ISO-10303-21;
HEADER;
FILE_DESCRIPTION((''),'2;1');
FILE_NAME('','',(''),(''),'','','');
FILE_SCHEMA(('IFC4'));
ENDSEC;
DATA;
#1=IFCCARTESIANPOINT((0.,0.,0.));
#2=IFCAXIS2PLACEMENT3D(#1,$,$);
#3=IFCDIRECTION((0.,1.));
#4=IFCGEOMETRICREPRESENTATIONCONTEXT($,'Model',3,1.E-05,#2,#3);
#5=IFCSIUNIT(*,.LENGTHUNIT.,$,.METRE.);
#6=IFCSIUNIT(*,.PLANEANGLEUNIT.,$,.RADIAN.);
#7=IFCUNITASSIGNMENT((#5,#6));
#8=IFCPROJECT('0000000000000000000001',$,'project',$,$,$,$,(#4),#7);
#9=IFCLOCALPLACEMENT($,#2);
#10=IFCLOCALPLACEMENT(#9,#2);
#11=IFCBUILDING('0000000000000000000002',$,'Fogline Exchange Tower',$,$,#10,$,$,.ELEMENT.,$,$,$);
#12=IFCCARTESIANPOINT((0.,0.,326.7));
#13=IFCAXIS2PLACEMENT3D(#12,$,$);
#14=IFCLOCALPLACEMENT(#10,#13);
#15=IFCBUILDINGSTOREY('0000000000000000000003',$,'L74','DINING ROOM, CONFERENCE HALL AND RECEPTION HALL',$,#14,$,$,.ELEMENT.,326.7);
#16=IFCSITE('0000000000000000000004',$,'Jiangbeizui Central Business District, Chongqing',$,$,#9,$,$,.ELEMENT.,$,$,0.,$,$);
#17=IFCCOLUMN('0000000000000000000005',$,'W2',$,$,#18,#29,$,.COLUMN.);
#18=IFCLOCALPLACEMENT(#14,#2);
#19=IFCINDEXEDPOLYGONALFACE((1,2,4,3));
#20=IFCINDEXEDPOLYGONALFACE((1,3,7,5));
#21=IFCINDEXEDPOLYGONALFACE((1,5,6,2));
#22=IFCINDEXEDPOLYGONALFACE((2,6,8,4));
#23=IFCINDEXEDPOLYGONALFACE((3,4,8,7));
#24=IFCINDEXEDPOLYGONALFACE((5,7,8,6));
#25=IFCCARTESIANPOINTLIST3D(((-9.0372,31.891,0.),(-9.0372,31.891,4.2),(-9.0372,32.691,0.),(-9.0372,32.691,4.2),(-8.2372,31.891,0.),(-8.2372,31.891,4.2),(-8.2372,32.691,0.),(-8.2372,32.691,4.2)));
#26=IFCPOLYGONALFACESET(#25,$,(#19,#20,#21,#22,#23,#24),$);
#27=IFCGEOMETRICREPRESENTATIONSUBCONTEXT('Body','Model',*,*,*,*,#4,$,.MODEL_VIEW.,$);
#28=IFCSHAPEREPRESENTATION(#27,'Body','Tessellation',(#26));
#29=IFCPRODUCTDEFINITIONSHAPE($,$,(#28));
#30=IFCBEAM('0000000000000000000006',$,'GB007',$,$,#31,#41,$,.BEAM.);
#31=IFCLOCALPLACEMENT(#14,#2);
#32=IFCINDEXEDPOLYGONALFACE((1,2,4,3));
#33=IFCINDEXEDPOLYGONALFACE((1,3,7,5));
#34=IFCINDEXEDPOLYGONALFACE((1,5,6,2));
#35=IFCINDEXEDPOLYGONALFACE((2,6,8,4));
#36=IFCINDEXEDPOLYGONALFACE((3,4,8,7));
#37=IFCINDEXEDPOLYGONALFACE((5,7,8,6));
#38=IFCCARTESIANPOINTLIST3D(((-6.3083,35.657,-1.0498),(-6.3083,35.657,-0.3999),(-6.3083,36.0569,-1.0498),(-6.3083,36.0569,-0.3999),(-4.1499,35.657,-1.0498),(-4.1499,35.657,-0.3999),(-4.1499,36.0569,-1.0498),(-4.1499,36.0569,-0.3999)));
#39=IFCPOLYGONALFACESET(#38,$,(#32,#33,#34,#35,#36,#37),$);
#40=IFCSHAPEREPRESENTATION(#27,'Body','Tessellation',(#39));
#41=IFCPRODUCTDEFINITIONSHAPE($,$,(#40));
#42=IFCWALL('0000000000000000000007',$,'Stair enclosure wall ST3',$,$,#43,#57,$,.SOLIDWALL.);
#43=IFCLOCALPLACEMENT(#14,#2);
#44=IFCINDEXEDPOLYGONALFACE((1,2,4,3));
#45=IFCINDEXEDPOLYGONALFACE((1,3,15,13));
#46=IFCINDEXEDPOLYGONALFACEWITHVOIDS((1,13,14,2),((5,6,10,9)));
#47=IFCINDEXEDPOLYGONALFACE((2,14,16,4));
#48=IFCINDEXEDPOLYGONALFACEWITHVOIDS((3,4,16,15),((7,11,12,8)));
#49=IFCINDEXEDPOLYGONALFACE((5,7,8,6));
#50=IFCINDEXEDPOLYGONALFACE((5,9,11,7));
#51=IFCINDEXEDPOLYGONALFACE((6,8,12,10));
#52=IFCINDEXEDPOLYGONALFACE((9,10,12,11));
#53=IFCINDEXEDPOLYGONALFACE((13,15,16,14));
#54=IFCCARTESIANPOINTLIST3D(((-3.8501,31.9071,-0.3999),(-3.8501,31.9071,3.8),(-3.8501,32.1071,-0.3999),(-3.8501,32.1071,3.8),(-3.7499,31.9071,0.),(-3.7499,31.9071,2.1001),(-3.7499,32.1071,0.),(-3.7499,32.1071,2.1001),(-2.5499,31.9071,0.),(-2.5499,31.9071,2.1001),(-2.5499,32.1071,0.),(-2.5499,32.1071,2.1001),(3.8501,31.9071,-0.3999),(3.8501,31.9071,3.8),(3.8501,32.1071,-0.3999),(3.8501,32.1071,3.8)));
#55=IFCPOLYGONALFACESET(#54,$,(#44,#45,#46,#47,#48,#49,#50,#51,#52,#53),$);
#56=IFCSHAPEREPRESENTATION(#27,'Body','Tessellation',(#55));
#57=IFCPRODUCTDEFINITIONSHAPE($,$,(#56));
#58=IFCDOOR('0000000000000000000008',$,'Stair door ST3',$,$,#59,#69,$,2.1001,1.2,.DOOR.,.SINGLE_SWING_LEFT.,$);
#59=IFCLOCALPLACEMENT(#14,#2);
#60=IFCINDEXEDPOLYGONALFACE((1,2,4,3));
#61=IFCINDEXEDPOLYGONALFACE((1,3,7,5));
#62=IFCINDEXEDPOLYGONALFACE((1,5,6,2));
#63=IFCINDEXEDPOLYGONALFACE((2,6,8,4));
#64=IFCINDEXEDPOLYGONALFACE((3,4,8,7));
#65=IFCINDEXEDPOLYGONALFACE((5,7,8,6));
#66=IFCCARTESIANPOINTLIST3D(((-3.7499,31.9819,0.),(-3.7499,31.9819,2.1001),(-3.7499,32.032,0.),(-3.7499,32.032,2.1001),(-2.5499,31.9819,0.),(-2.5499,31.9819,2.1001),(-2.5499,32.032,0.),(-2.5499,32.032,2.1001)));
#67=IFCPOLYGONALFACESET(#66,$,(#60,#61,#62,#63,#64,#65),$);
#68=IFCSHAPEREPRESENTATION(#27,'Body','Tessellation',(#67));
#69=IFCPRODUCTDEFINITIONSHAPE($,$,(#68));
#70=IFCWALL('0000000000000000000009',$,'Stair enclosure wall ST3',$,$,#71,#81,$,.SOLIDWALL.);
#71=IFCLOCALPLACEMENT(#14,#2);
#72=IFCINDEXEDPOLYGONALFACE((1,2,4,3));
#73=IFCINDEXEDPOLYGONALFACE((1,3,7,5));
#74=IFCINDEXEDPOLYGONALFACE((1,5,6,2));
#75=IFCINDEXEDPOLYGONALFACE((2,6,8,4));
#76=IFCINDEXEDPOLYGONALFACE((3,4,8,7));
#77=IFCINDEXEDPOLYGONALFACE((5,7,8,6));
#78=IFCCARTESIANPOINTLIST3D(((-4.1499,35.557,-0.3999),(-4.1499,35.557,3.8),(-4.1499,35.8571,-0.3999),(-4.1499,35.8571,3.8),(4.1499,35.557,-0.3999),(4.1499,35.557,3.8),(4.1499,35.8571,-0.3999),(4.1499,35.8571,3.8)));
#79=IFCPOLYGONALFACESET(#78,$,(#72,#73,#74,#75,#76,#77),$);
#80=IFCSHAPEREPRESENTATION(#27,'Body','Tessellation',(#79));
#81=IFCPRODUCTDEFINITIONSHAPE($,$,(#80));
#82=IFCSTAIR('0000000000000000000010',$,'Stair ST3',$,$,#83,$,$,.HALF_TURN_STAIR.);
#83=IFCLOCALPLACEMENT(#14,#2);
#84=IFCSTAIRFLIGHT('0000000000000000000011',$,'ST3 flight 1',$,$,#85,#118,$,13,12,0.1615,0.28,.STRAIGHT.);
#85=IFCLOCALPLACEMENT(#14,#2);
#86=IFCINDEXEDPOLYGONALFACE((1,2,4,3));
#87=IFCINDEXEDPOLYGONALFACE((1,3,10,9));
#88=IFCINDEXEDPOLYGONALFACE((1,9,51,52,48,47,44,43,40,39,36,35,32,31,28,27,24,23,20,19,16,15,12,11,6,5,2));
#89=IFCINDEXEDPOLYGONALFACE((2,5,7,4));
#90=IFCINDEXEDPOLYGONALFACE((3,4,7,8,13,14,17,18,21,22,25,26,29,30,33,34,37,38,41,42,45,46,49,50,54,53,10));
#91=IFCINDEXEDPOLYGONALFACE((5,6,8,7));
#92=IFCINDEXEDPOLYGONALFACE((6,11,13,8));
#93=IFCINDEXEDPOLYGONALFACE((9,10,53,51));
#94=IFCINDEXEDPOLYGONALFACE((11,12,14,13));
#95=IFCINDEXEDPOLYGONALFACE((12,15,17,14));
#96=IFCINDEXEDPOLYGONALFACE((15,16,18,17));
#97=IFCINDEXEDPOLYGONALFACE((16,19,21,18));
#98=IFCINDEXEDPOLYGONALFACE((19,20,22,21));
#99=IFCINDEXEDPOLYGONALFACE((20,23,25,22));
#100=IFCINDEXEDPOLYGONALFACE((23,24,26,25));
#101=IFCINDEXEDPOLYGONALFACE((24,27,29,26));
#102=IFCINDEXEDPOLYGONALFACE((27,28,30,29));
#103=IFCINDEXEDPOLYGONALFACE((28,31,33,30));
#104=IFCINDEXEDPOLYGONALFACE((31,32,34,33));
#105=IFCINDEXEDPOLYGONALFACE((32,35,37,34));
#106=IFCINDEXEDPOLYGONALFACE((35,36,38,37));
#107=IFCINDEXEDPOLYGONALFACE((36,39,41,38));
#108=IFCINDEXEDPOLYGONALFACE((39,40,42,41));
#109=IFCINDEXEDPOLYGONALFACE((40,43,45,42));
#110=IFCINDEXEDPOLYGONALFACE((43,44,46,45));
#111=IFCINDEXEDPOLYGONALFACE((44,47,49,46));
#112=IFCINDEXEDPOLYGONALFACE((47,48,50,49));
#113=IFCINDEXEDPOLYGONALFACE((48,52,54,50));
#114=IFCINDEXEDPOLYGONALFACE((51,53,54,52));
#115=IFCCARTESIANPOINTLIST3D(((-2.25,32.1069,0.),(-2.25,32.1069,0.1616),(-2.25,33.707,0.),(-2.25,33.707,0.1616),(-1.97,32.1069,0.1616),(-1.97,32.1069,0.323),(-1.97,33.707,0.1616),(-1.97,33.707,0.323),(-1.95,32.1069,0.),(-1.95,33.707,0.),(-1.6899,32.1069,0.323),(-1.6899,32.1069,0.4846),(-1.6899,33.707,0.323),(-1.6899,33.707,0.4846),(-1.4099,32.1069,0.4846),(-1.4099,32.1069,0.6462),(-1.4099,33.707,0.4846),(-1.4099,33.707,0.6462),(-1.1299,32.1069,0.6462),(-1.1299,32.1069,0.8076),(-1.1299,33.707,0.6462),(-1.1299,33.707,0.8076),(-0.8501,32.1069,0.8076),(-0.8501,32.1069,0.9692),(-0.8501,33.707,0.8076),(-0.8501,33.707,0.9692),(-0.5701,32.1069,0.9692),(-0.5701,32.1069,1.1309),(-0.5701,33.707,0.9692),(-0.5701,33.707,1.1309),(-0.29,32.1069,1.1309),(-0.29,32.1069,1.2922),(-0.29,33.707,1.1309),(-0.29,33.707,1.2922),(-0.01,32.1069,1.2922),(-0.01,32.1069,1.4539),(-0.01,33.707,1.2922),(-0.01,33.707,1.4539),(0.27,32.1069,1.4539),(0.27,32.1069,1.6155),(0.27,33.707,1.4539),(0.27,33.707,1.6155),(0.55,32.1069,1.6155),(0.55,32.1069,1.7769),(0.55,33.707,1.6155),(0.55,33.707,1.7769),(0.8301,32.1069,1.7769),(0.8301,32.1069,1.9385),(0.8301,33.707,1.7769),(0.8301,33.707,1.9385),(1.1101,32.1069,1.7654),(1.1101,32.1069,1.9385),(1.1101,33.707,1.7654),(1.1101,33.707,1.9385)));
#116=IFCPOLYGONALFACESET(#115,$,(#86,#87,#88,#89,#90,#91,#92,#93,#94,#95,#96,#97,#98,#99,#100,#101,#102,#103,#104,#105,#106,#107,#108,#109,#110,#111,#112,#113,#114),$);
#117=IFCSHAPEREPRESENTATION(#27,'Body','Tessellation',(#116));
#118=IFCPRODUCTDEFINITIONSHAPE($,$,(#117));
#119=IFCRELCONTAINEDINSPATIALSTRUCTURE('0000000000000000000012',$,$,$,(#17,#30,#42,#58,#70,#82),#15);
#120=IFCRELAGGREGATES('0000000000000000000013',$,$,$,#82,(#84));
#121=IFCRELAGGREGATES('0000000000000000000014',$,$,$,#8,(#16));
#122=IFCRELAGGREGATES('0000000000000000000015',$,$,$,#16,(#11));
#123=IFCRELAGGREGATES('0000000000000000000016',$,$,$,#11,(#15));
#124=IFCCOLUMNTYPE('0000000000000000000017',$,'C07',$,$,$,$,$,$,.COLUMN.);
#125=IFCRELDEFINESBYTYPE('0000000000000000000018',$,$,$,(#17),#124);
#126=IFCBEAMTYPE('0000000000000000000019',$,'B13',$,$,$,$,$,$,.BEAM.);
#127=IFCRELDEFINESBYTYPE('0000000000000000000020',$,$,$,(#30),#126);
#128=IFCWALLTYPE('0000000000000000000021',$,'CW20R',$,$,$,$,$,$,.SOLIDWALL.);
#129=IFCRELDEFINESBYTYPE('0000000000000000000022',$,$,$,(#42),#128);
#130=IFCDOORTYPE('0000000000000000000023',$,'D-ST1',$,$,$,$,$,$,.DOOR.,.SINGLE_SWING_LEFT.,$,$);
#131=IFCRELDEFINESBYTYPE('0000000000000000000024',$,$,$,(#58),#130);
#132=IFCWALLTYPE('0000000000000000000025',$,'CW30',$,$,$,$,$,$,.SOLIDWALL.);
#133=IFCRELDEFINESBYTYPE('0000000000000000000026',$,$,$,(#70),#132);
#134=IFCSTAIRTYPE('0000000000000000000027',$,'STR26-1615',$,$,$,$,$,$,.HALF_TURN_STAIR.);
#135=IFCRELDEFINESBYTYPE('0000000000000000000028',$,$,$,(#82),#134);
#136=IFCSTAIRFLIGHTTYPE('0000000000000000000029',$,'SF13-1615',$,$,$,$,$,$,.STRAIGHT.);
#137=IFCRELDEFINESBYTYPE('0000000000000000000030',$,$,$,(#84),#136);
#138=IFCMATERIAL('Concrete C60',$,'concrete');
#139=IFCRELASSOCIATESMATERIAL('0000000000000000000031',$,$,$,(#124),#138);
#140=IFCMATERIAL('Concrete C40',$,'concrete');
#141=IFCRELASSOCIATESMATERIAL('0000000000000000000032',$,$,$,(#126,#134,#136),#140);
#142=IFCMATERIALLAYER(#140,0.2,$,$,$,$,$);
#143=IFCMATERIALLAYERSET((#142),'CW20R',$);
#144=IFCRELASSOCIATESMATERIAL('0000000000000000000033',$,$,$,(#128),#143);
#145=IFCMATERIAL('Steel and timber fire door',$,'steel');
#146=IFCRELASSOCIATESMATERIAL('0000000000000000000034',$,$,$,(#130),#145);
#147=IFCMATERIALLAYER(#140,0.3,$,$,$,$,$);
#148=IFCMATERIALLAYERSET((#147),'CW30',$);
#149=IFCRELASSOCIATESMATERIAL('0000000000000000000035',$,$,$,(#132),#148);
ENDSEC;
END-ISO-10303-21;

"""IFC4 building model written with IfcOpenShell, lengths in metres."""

from ifc_helpers import new_model, si_unit, direction, frame, frame_2d, origin, origin_2d, place, context, subcontext, project, spatial, polyline, rectangle, outline, extrude, material, layer, layer_set, material_profile, profile_set, type_object, element, fill, aggregate, save


model = new_model("IFC4")

# Units and contexts
model_context = context("Model", 3, precision=1e-05, world=origin(), true_north=direction((0.0, 1.0)))
body_context = subcontext(model_context, "Body", "Model", "MODEL_VIEW")
ifc_project = project(units=[si_unit("LENGTHUNIT", "METRE"), si_unit("PLANEANGLEUNIT", "RADIAN")], contexts=[model_context])

# Site, building, storey
site_placement = place(None, origin())
site = spatial("IfcSite", under=ifc_project, at=site_placement, Name="Jiangbeizui Central Business District, Chongqing", CompositionType="ELEMENT", RefElevation=0.0)
building_placement = place(site_placement, origin())
building = spatial("IfcBuilding", under=site, at=building_placement, Name="Fogline Exchange Tower", CompositionType="ELEMENT")
storey_placement = place(building_placement, frame((0.0, 0.0, 326.7)))
storey = spatial("IfcBuildingStorey", under=building, at=storey_placement, Name="L74", Description="DINING ROOM, CONFERENCE HALL AND RECEPTION HALL", CompositionType="ELEMENT", Elevation=326.7)

# Column
ifc_material_1 = material(Name="Concrete C60", Category="concrete")
ifc_material_profile_1 = material_profile(ifc_material_1, rectangle(XDim=0.8, YDim=0.8, at=origin_2d()), Name="RC 800x800")
ifc_profile_set_1 = profile_set([ifc_material_profile_1], Name="Concrete C60")
column_type = type_object("IfcColumnType", Name="C07", PredefinedType="COLUMN", material=ifc_profile_set_1)
column_placement = place(storey_placement, frame((-8.6372, 32.291, 0.0), z_axis=(0.0, 0.0, 1.0), x_axis=(1.0, 0.0, 0.0)))
element("IfcColumn", 1, at=column_placement, inside=storey, type_object=column_type, Name="W2", PredefinedType="COLUMN", context=body_context, shape_type="SweptSolid", body=[
    extrude(rectangle(XDim=0.8, YDim=0.8, at=origin_2d()), origin(), (0.0, 0.0, 1.0), 4.2),
])

# Beam
ifc_material_2 = material(Name="Concrete C40", Category="concrete")
ifc_material_profile_2 = material_profile(ifc_material_2, rectangle(XDim=0.3999, YDim=0.6499, at=origin_2d()), Name="RC 400x650")
ifc_profile_set_2 = profile_set([ifc_material_profile_2], Name="Concrete C40")
beam_type = type_object("IfcBeamType", Name="B13", PredefinedType="BEAM", material=ifc_profile_set_2)
beam_placement = place(storey_placement, frame((-6.3083, 35.8569, -0.7249), z_axis=(1.0, 0.0, 0.0), x_axis=(0.0, 1.0, 0.0)))
element("IfcBeam", 2, at=beam_placement, inside=storey, type_object=beam_type, Name="GB007", PredefinedType="BEAM", context=body_context, shape_type="SweptSolid", body=[
    extrude(rectangle(XDim=0.3999, YDim=0.6499, at=origin_2d()), origin(), (0.0, 0.0, 1.0), 2.1584),
])

# Wall, opening, door
ifc_layer_1 = layer(ifc_material_2, 0.2)
ifc_layer_set_1 = layer_set([ifc_layer_1], Name="CW20R")
wall_type_1 = type_object("IfcWallType", Name="CW20R", PredefinedType="SOLIDWALL", material=ifc_layer_set_1)
wall_1_placement = place(storey_placement, frame((-3.8501, 32.0071, -0.3999), z_axis=(0.0, 0.0, 1.0), x_axis=(1.0, 0.0, 0.0)))
wall_1 = element("IfcWall", 3, at=wall_1_placement, inside=storey, type_object=wall_type_1, Name="Stair enclosure wall ST3", PredefinedType="SOLIDWALL", context=body_context, shape_type="SweptSolid", body=[
    extrude(rectangle(XDim=7.7002, YDim=0.2, at=frame_2d((3.8501, 0.0))), origin(), (0.0, 0.0, 1.0), 4.2),
])
opening_placement = place(wall_1_placement, frame((0.1001, 0.0, 0.3999)))
opening = element("IfcOpeningElement", 4, at=opening_placement, cuts=wall_1, PredefinedType="OPENING", context=body_context, shape_type="SweptSolid", body=[
    extrude(rectangle(XDim=1.2, YDim=2.1001, at=frame_2d((0.6001, 1.05))), frame((0.0, 0.1099, 0.0), z_axis=(0.0, -1.0, 0.0), x_axis=(1.0, 0.0, 0.0)), (0.0, 0.0, 1.0), 0.22),
])
ifc_material_3 = material(Name="Steel and timber fire door", Category="steel")
door_type = type_object("IfcDoorType", Name="D-ST1", OperationType="SINGLE_SWING_LEFT", PredefinedType="DOOR", material=ifc_material_3)
door_placement = place(opening_placement, origin())
door = element("IfcDoor", 5, at=door_placement, inside=storey, type_object=door_type, Name="Stair door ST3", OperationType="SINGLE_SWING_LEFT", OverallHeight=2.1001, OverallWidth=1.2, PredefinedType="DOOR", context=body_context, shape_type="SweptSolid", body=[
    extrude(rectangle(XDim=1.2, YDim=2.1001, at=frame_2d((0.6001, 1.05))), frame((0.0, 0.0249, 0.0), z_axis=(0.0, -1.0, 0.0), x_axis=(1.0, 0.0, 0.0)), (0.0, 0.0, 1.0), 0.05),
])
fill(opening, door)

# Wall
ifc_layer_2 = layer(ifc_material_2, 0.3)
ifc_layer_set_2 = layer_set([ifc_layer_2], Name="CW30")
wall_type_2 = type_object("IfcWallType", Name="CW30", PredefinedType="SOLIDWALL", material=ifc_layer_set_2)
wall_2_placement = place(storey_placement, frame((-4.1499, 35.707, -0.3999), z_axis=(0.0, 0.0, 1.0), x_axis=(1.0, 0.0, 0.0)))
element("IfcWall", 6, at=wall_2_placement, inside=storey, type_object=wall_type_2, Name="Stair enclosure wall ST3", PredefinedType="SOLIDWALL", context=body_context, shape_type="SweptSolid", body=[
    extrude(rectangle(XDim=8.2998, YDim=0.3, at=frame_2d((4.1499, 0.0))), origin(), (0.0, 0.0, 1.0), 4.2),
])

# Stair, stair flight
stair_type = type_object("IfcStairType", Name="STR26-1615", PredefinedType="HALF_TURN_STAIR", material=ifc_material_2)
stair_placement = place(storey_placement, origin())
stair = element("IfcStair", 7, at=stair_placement, inside=storey, type_object=stair_type, Name="Stair ST3", PredefinedType="HALF_TURN_STAIR")
stair_flight_type = type_object("IfcStairFlightType", Name="SF13-1615", PredefinedType="STRAIGHT", material=ifc_material_2)
stair_flight_placement = place(storey_placement, frame((-2.25, 32.907, 0.0), z_axis=(0.0, 0.0, 1.0), x_axis=(1.0, 0.0, 0.0)))
stair_flight = element("IfcStairFlight", 8, at=stair_flight_placement, type_object=stair_flight_type, Name="ST3 flight 1", NumberOfRisers=13, NumberOfTreads=12, PredefinedType="STRAIGHT", RiserHeight=0.1615, TreadLength=0.28, context=body_context, shape_type="SweptSolid", body=[
    extrude(outline(polyline([(0.0, 0.0), (0.0, 0.1616), (0.28, 0.1616), (0.28, 0.323), (0.5601, 0.323), (0.5601, 0.4846), (0.8401, 0.4846), (0.8401, 0.6462), (1.1201, 0.6462), (1.1201, 0.8076), (1.3999, 0.8076), (1.3999, 0.9692), (1.6799, 0.9692), (1.6799, 1.1309), (1.96, 1.1309), (1.96, 1.2922), (2.24, 1.2922), (2.24, 1.4539), (2.52, 1.4539), (2.52, 1.6155), (2.8, 1.6155), (2.8, 1.7769), (3.0801, 1.7769), (3.0801, 1.9385), (3.3601, 1.9385), (3.3601, 2.1001), (3.3601, 1.7654), (0.3, 0.0), (0.0, 0.0)])), frame((0.0, 0.8, 0.0), z_axis=(0.0, -1.0, 0.0), x_axis=(1.0, 0.0, 0.0)), (0.0, 0.0, 1.0), 1.6001),
])
aggregate(stair, [stair_flight])

save(model, "model.ifc")
